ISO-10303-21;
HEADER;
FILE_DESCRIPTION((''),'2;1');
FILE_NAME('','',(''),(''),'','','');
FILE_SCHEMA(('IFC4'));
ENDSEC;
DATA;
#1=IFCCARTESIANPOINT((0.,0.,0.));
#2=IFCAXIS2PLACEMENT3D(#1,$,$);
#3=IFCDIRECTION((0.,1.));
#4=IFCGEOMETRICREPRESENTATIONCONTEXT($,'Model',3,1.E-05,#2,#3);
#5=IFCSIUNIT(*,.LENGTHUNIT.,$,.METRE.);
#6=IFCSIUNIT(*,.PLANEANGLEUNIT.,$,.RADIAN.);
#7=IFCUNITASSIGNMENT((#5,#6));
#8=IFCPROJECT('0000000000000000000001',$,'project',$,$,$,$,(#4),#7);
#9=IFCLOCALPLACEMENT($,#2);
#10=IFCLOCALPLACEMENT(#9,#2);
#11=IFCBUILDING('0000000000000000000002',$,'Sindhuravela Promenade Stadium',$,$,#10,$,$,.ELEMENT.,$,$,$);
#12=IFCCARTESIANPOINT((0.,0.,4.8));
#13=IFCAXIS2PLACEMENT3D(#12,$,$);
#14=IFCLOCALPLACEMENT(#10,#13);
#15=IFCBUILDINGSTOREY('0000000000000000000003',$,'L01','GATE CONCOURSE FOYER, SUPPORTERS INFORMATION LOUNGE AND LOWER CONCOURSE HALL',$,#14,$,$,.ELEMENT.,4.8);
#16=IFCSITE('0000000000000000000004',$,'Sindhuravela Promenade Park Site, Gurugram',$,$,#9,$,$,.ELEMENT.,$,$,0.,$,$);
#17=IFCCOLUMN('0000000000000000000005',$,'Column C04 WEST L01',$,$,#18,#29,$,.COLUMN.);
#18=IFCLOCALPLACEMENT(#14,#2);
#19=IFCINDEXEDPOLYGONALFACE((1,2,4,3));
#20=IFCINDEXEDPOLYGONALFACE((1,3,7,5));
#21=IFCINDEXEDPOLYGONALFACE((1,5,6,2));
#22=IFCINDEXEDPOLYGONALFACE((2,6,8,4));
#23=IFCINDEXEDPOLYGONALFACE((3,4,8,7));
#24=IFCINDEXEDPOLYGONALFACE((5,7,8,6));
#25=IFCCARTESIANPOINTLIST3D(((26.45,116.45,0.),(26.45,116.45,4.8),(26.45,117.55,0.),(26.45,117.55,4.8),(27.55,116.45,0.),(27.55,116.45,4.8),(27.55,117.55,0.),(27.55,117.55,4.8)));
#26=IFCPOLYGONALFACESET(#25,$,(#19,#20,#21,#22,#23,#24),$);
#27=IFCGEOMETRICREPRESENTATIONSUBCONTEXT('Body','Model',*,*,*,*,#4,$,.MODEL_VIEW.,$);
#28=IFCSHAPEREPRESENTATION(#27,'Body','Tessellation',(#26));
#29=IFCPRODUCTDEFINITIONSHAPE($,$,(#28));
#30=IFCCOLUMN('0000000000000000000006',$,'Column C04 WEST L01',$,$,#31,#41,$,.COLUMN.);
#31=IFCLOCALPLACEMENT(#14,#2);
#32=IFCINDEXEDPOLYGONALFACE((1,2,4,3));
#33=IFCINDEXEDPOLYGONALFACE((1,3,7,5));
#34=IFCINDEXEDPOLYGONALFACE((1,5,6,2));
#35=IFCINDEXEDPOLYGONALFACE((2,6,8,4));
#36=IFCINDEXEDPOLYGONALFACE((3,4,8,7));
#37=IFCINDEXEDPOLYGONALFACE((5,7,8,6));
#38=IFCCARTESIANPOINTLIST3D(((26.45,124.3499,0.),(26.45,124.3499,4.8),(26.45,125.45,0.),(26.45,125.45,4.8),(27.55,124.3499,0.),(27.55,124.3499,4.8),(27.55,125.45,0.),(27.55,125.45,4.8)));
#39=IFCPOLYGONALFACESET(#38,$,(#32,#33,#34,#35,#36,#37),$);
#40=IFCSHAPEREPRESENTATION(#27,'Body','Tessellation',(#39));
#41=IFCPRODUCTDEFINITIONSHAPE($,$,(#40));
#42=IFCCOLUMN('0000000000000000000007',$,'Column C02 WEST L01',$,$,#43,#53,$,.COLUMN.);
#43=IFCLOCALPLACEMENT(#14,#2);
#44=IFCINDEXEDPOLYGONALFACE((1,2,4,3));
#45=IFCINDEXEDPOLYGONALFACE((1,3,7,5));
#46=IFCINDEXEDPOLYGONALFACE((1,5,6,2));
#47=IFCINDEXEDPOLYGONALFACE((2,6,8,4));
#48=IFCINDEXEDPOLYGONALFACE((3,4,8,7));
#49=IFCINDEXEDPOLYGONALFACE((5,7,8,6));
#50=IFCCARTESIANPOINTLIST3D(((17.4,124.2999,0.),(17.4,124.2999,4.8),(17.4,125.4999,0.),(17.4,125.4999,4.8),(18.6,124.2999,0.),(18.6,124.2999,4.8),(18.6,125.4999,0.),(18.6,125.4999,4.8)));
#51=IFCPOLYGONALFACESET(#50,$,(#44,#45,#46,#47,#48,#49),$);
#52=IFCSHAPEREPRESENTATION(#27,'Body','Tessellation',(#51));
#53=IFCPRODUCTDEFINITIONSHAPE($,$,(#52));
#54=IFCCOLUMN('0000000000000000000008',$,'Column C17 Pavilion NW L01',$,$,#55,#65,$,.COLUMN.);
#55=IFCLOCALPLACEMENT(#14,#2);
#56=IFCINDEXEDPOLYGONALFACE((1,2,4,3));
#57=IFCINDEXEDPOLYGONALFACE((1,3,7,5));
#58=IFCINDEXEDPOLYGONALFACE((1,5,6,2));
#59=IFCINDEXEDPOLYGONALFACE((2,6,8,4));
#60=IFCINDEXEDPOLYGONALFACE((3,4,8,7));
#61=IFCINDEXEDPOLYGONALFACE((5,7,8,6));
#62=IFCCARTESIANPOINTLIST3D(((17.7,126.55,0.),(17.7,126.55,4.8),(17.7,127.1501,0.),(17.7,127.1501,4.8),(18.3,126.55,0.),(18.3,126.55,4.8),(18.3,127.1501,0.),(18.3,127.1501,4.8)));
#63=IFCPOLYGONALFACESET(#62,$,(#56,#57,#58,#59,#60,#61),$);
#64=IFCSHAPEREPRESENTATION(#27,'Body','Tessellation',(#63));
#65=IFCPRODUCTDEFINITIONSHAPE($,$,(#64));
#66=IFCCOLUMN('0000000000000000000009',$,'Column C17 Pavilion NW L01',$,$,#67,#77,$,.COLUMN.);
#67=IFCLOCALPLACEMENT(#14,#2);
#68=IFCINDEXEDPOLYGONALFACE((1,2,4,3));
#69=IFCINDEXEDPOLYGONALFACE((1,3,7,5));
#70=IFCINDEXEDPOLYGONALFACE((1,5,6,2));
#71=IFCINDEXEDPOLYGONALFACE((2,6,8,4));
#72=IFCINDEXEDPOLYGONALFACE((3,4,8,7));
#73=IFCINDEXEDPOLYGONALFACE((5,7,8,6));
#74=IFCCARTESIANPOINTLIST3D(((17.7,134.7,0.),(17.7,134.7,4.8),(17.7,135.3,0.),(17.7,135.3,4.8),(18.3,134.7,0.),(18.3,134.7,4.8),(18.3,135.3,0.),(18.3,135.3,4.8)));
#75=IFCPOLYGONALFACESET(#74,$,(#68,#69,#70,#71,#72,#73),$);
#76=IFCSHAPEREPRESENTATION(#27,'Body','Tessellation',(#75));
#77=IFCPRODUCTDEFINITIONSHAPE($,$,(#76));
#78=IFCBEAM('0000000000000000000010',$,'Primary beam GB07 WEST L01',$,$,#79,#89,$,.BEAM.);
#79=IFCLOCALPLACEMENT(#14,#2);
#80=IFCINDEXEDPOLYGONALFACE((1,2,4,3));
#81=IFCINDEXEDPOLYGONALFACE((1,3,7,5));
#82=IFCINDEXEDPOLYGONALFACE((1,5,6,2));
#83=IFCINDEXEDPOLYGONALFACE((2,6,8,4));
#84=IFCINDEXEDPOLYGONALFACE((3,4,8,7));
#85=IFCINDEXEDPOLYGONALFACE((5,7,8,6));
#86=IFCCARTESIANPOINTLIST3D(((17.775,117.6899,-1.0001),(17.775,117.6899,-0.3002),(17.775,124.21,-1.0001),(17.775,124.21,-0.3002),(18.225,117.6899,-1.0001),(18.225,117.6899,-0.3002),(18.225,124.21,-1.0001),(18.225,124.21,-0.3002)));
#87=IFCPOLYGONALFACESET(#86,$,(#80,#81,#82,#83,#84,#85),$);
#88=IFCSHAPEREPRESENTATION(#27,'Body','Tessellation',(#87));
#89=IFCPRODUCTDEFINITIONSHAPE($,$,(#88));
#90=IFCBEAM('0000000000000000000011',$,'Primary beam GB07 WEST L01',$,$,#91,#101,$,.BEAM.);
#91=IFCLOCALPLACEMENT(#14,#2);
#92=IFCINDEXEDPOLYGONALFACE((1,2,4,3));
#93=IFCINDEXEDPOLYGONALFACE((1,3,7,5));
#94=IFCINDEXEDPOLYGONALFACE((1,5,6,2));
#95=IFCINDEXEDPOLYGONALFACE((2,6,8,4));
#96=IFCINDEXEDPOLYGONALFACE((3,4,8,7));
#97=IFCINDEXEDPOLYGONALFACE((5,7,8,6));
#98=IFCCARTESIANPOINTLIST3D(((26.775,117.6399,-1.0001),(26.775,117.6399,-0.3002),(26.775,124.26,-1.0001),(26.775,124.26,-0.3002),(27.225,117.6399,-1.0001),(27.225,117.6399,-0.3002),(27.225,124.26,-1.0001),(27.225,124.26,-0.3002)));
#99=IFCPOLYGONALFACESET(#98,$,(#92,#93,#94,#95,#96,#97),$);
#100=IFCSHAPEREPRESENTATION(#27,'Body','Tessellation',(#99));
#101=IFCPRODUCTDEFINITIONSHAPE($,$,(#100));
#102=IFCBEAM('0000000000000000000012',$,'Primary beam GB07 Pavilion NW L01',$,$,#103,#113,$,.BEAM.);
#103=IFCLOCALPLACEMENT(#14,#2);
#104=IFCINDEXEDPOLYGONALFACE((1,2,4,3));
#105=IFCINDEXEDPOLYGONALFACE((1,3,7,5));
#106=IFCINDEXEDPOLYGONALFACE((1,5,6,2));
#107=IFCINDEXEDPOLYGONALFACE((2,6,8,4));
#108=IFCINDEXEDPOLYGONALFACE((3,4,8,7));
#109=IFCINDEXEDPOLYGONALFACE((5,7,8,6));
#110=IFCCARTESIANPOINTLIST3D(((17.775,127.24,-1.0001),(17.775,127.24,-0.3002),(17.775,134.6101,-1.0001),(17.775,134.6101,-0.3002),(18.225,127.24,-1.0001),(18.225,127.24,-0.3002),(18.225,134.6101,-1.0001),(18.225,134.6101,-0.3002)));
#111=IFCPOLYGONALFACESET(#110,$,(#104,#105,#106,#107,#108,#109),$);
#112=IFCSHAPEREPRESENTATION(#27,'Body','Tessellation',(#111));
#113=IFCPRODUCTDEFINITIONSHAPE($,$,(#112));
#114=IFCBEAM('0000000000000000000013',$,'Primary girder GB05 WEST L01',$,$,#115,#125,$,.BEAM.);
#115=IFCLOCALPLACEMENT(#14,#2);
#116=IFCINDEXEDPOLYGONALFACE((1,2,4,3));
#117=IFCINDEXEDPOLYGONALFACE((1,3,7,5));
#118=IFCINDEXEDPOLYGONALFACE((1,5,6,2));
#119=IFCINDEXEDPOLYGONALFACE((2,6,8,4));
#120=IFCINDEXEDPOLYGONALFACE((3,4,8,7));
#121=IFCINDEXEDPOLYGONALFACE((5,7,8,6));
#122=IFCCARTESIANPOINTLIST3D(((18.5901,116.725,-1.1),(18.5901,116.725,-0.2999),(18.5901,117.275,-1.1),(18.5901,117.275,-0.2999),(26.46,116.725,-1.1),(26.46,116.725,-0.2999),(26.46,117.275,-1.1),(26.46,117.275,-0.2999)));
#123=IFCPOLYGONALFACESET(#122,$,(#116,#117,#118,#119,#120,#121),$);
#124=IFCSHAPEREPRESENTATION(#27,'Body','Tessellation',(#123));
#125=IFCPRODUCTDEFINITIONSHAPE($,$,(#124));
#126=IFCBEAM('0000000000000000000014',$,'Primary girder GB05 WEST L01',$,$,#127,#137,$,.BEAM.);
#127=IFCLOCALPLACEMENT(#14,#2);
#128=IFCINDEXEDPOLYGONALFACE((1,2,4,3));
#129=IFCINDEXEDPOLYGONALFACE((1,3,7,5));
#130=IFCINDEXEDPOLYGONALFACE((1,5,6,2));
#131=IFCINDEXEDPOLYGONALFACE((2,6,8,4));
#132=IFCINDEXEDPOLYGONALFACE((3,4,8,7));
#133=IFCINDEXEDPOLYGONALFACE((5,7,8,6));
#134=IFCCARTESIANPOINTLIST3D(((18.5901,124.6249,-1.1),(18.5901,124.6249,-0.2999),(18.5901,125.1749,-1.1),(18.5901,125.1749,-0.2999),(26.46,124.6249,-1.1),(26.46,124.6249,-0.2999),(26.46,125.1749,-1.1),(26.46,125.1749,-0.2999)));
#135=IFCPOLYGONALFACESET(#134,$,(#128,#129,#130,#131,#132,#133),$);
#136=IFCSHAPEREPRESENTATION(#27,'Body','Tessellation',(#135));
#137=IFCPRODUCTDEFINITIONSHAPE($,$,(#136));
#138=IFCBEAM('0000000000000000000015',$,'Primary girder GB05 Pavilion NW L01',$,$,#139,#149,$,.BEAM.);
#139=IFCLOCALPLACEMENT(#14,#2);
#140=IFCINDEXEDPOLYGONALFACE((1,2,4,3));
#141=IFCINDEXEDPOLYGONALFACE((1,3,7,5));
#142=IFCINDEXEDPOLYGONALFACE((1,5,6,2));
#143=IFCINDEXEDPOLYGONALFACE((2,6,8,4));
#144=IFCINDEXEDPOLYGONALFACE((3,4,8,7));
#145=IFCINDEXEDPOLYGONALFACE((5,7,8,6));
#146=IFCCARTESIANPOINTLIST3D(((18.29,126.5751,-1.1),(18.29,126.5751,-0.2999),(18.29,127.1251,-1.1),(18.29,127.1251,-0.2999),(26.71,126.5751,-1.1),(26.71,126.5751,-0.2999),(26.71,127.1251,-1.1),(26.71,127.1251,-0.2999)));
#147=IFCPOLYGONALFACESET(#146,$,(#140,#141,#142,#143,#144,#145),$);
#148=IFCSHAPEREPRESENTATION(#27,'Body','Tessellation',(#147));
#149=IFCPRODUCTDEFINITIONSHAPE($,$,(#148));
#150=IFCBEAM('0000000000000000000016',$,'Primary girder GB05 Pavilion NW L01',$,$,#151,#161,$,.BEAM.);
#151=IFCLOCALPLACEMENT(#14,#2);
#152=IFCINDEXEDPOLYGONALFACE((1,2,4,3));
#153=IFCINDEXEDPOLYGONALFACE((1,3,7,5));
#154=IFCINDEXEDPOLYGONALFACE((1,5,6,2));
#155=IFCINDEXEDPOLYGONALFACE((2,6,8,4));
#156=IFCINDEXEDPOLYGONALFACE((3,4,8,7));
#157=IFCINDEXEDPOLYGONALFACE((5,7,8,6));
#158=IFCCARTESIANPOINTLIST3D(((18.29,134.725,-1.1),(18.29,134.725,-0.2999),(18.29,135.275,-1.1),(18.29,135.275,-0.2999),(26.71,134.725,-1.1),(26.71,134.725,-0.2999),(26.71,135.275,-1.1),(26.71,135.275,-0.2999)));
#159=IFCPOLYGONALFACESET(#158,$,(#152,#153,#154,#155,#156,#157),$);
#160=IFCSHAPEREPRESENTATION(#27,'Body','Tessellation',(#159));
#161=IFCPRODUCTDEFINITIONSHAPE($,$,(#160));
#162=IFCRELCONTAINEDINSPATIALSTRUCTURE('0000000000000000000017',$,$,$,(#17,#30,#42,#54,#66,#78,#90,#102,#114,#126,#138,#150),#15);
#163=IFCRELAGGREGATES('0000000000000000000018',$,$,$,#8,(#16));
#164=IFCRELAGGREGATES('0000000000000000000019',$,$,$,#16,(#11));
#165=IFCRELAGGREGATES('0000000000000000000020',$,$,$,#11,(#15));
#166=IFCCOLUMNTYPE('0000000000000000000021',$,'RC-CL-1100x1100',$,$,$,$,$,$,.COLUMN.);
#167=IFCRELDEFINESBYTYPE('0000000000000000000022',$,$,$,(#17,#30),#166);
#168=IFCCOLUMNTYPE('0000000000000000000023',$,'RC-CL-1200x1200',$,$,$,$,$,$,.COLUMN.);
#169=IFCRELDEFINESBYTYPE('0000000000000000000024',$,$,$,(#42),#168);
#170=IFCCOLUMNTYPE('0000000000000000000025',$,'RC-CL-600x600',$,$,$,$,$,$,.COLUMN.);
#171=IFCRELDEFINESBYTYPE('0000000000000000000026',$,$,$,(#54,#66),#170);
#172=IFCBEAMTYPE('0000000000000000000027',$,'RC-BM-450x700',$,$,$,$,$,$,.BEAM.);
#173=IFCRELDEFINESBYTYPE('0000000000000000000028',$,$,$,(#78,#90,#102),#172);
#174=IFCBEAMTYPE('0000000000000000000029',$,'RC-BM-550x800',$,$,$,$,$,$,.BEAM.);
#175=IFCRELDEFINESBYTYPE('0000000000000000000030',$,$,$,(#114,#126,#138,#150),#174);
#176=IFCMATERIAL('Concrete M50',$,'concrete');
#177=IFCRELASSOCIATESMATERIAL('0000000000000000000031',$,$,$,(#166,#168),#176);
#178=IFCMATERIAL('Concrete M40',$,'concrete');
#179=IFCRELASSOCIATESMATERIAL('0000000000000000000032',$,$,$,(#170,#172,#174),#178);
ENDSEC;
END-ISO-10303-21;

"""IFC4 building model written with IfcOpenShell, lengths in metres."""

from ifc_helpers import new_model, si_unit, direction, frame, origin, origin_2d, place, context, subcontext, project, spatial, rectangle, extrude, material, material_profile, profile_set, type_object, element, save


model = new_model("IFC4")

# Units and contexts
model_context = context("Model", 3, precision=1e-05, world=origin(), true_north=direction((0.0, 1.0)))
body_context = subcontext(model_context, "Body", "Model", "MODEL_VIEW")
ifc_project = project(units=[si_unit("LENGTHUNIT", "METRE"), si_unit("PLANEANGLEUNIT", "RADIAN")], contexts=[model_context])

# Site, building, storey
site_placement = place(None, origin())
site = spatial("IfcSite", under=ifc_project, at=site_placement, Name="Sindhuravela Promenade Park Site, Gurugram", CompositionType="ELEMENT", RefElevation=0.0)
building_placement = place(site_placement, origin())
building = spatial("IfcBuilding", under=site, at=building_placement, Name="Sindhuravela Promenade Stadium", CompositionType="ELEMENT")
storey_placement = place(building_placement, frame((0.0, 0.0, 4.8)))
storey = spatial("IfcBuildingStorey", under=building, at=storey_placement, Name="L01", Description="GATE CONCOURSE FOYER, SUPPORTERS INFORMATION LOUNGE AND LOWER CONCOURSE HALL", CompositionType="ELEMENT", Elevation=4.8)

# Columns
ifc_material_1 = material(Name="Concrete M50", Category="concrete")
ifc_material_profile_1 = material_profile(ifc_material_1, rectangle(XDim=1.1001, YDim=1.1001, at=origin_2d()), Name="RC 1100x1100")
ifc_profile_set_1 = profile_set([ifc_material_profile_1], Name="Concrete M50")
column_type_1 = type_object("IfcColumnType", Name="RC-CL-1100x1100", PredefinedType="COLUMN", material=ifc_profile_set_1)
for number, where, z_axis, x_axis, name in (
    (1, (27.0, 117.0, 0.0), (0.0, 0.0, 1.0), (1.0, 0.0, 0.0), "Column C04 WEST L01"),
    (2, (27.0, 124.8999, 0.0), (0.0, 0.0, 1.0), (1.0, 0.0, 0.0), "Column C04 WEST L01"),
):
    element("IfcColumn", number, at=place(storey_placement, frame(where, z_axis=z_axis, x_axis=x_axis)), inside=storey, type_object=column_type_1, Name=name, PredefinedType="COLUMN", context=body_context, shape_type="SweptSolid", body=[
        extrude(rectangle(XDim=1.1001, YDim=1.1001, at=origin_2d()), origin(), (0.0, 0.0, 1.0), 4.8),
    ])
ifc_material_profile_2 = material_profile(ifc_material_1, rectangle(XDim=1.2, YDim=1.2, at=origin_2d()), Name="RC 1200x1200")
ifc_profile_set_2 = profile_set([ifc_material_profile_2], Name="Concrete M50")
column_type_2 = type_object("IfcColumnType", Name="RC-CL-1200x1200", PredefinedType="COLUMN", material=ifc_profile_set_2)
column_placement = place(storey_placement, frame((18.0, 124.8999, 0.0), z_axis=(0.0, 0.0, 1.0), x_axis=(1.0, 0.0, 0.0)))
element("IfcColumn", 3, at=column_placement, inside=storey, type_object=column_type_2, Name="Column C02 WEST L01", PredefinedType="COLUMN", context=body_context, shape_type="SweptSolid", body=[
    extrude(rectangle(XDim=1.2, YDim=1.2, at=origin_2d()), origin(), (0.0, 0.0, 1.0), 4.8),
])
ifc_material_2 = material(Name="Concrete M40", Category="concrete")
ifc_material_profile_3 = material_profile(ifc_material_2, rectangle(XDim=0.6001, YDim=0.6001, at=origin_2d()), Name="RC 600x600")
ifc_profile_set_3 = profile_set([ifc_material_profile_3], Name="Concrete M40")
column_type_3 = type_object("IfcColumnType", Name="RC-CL-600x600", PredefinedType="COLUMN", material=ifc_profile_set_3)
for number, where, z_axis, x_axis, name in (
    (4, (18.0, 126.8501, 0.0), (0.0, 0.0, 1.0), (1.0, 0.0, 0.0), "Column C17 Pavilion NW L01"),
    (5, (18.0, 135.0, 0.0), (0.0, 0.0, 1.0), (1.0, 0.0, 0.0), "Column C17 Pavilion NW L01"),
):
    element("IfcColumn", number, at=place(storey_placement, frame(where, z_axis=z_axis, x_axis=x_axis)), inside=storey, type_object=column_type_3, Name=name, PredefinedType="COLUMN", context=body_context, shape_type="SweptSolid", body=[
        extrude(rectangle(XDim=0.6001, YDim=0.6001, at=origin_2d()), origin(), (0.0, 0.0, 1.0), 4.8),
    ])

# Beams
ifc_material_profile_4 = material_profile(ifc_material_2, rectangle(XDim=0.45, YDim=0.7, at=origin_2d()), Name="RC 450x700")
ifc_profile_set_4 = profile_set([ifc_material_profile_4], Name="Concrete M40")
beam_type_1 = type_object("IfcBeamType", Name="RC-BM-450x700", PredefinedType="BEAM", material=ifc_profile_set_4)
beam_1_placement = place(storey_placement, frame((18.0, 117.6899, -0.6501), z_axis=(0.0, 1.0, 0.0), x_axis=(-1.0, 0.0, 0.0)))
element("IfcBeam", 6, at=beam_1_placement, inside=storey, type_object=beam_type_1, Name="Primary beam GB07 WEST L01", PredefinedType="BEAM", context=body_context, shape_type="SweptSolid", body=[
    extrude(rectangle(XDim=0.45, YDim=0.7, at=origin_2d()), origin(), (0.0, 0.0, 1.0), 6.52),
])
beam_2_placement = place(storey_placement, frame((27.0, 117.6399, -0.6501), z_axis=(0.0, 1.0, 0.0), x_axis=(-1.0, 0.0, 0.0)))
element("IfcBeam", 7, at=beam_2_placement, inside=storey, type_object=beam_type_1, Name="Primary beam GB07 WEST L01", PredefinedType="BEAM", context=body_context, shape_type="SweptSolid", body=[
    extrude(rectangle(XDim=0.45, YDim=0.7, at=origin_2d()), origin(), (0.0, 0.0, 1.0), 6.6201),
])
beam_3_placement = place(storey_placement, frame((18.0, 127.24, -0.6501), z_axis=(0.0, 1.0, 0.0), x_axis=(-1.0, 0.0, 0.0)))
element("IfcBeam", 8, at=beam_3_placement, inside=storey, type_object=beam_type_1, Name="Primary beam GB07 Pavilion NW L01", PredefinedType="BEAM", context=body_context, shape_type="SweptSolid", body=[
    extrude(rectangle(XDim=0.45, YDim=0.7, at=origin_2d()), origin(), (0.0, 0.0, 1.0), 7.3701),
])
ifc_material_profile_5 = material_profile(ifc_material_2, rectangle(XDim=0.55, YDim=0.8, at=origin_2d()), Name="RC 550x800")
ifc_profile_set_5 = profile_set([ifc_material_profile_5], Name="Concrete M40")
beam_type_2 = type_object("IfcBeamType", Name="RC-BM-550x800", PredefinedType="BEAM", material=ifc_profile_set_5)
for number, where, z_axis, x_axis, name in (
    (9, (18.5901, 117.0, -0.7), (1.0, 0.0, 0.0), (0.0, 1.0, 0.0), "Primary girder GB05 WEST L01"),
    (10, (18.5901, 124.8999, -0.7), (1.0, 0.0, 0.0), (0.0, 1.0, 0.0), "Primary girder GB05 WEST L01"),
):
    element("IfcBeam", number, at=place(storey_placement, frame(where, z_axis=z_axis, x_axis=x_axis)), inside=storey, type_object=beam_type_2, Name=name, PredefinedType="BEAM", context=body_context, shape_type="SweptSolid", body=[
        extrude(rectangle(XDim=0.55, YDim=0.8, at=origin_2d()), origin(), (0.0, 0.0, 1.0), 7.8699),
    ])
for number, where, z_axis, x_axis, name in (
    (11, (18.29, 126.8501, -0.7), (1.0, 0.0, 0.0), (0.0, 1.0, 0.0), "Primary girder GB05 Pavilion NW L01"),
    (12, (18.29, 135.0, -0.7), (1.0, 0.0, 0.0), (0.0, 1.0, 0.0), "Primary girder GB05 Pavilion NW L01"),
):
    element("IfcBeam", number, at=place(storey_placement, frame(where, z_axis=z_axis, x_axis=x_axis)), inside=storey, type_object=beam_type_2, Name=name, PredefinedType="BEAM", context=body_context, shape_type="SweptSolid", body=[
        extrude(rectangle(XDim=0.55, YDim=0.8, at=origin_2d()), origin(), (0.0, 0.0, 1.0), 8.4199),
    ])

save(model, "model.ifc")
